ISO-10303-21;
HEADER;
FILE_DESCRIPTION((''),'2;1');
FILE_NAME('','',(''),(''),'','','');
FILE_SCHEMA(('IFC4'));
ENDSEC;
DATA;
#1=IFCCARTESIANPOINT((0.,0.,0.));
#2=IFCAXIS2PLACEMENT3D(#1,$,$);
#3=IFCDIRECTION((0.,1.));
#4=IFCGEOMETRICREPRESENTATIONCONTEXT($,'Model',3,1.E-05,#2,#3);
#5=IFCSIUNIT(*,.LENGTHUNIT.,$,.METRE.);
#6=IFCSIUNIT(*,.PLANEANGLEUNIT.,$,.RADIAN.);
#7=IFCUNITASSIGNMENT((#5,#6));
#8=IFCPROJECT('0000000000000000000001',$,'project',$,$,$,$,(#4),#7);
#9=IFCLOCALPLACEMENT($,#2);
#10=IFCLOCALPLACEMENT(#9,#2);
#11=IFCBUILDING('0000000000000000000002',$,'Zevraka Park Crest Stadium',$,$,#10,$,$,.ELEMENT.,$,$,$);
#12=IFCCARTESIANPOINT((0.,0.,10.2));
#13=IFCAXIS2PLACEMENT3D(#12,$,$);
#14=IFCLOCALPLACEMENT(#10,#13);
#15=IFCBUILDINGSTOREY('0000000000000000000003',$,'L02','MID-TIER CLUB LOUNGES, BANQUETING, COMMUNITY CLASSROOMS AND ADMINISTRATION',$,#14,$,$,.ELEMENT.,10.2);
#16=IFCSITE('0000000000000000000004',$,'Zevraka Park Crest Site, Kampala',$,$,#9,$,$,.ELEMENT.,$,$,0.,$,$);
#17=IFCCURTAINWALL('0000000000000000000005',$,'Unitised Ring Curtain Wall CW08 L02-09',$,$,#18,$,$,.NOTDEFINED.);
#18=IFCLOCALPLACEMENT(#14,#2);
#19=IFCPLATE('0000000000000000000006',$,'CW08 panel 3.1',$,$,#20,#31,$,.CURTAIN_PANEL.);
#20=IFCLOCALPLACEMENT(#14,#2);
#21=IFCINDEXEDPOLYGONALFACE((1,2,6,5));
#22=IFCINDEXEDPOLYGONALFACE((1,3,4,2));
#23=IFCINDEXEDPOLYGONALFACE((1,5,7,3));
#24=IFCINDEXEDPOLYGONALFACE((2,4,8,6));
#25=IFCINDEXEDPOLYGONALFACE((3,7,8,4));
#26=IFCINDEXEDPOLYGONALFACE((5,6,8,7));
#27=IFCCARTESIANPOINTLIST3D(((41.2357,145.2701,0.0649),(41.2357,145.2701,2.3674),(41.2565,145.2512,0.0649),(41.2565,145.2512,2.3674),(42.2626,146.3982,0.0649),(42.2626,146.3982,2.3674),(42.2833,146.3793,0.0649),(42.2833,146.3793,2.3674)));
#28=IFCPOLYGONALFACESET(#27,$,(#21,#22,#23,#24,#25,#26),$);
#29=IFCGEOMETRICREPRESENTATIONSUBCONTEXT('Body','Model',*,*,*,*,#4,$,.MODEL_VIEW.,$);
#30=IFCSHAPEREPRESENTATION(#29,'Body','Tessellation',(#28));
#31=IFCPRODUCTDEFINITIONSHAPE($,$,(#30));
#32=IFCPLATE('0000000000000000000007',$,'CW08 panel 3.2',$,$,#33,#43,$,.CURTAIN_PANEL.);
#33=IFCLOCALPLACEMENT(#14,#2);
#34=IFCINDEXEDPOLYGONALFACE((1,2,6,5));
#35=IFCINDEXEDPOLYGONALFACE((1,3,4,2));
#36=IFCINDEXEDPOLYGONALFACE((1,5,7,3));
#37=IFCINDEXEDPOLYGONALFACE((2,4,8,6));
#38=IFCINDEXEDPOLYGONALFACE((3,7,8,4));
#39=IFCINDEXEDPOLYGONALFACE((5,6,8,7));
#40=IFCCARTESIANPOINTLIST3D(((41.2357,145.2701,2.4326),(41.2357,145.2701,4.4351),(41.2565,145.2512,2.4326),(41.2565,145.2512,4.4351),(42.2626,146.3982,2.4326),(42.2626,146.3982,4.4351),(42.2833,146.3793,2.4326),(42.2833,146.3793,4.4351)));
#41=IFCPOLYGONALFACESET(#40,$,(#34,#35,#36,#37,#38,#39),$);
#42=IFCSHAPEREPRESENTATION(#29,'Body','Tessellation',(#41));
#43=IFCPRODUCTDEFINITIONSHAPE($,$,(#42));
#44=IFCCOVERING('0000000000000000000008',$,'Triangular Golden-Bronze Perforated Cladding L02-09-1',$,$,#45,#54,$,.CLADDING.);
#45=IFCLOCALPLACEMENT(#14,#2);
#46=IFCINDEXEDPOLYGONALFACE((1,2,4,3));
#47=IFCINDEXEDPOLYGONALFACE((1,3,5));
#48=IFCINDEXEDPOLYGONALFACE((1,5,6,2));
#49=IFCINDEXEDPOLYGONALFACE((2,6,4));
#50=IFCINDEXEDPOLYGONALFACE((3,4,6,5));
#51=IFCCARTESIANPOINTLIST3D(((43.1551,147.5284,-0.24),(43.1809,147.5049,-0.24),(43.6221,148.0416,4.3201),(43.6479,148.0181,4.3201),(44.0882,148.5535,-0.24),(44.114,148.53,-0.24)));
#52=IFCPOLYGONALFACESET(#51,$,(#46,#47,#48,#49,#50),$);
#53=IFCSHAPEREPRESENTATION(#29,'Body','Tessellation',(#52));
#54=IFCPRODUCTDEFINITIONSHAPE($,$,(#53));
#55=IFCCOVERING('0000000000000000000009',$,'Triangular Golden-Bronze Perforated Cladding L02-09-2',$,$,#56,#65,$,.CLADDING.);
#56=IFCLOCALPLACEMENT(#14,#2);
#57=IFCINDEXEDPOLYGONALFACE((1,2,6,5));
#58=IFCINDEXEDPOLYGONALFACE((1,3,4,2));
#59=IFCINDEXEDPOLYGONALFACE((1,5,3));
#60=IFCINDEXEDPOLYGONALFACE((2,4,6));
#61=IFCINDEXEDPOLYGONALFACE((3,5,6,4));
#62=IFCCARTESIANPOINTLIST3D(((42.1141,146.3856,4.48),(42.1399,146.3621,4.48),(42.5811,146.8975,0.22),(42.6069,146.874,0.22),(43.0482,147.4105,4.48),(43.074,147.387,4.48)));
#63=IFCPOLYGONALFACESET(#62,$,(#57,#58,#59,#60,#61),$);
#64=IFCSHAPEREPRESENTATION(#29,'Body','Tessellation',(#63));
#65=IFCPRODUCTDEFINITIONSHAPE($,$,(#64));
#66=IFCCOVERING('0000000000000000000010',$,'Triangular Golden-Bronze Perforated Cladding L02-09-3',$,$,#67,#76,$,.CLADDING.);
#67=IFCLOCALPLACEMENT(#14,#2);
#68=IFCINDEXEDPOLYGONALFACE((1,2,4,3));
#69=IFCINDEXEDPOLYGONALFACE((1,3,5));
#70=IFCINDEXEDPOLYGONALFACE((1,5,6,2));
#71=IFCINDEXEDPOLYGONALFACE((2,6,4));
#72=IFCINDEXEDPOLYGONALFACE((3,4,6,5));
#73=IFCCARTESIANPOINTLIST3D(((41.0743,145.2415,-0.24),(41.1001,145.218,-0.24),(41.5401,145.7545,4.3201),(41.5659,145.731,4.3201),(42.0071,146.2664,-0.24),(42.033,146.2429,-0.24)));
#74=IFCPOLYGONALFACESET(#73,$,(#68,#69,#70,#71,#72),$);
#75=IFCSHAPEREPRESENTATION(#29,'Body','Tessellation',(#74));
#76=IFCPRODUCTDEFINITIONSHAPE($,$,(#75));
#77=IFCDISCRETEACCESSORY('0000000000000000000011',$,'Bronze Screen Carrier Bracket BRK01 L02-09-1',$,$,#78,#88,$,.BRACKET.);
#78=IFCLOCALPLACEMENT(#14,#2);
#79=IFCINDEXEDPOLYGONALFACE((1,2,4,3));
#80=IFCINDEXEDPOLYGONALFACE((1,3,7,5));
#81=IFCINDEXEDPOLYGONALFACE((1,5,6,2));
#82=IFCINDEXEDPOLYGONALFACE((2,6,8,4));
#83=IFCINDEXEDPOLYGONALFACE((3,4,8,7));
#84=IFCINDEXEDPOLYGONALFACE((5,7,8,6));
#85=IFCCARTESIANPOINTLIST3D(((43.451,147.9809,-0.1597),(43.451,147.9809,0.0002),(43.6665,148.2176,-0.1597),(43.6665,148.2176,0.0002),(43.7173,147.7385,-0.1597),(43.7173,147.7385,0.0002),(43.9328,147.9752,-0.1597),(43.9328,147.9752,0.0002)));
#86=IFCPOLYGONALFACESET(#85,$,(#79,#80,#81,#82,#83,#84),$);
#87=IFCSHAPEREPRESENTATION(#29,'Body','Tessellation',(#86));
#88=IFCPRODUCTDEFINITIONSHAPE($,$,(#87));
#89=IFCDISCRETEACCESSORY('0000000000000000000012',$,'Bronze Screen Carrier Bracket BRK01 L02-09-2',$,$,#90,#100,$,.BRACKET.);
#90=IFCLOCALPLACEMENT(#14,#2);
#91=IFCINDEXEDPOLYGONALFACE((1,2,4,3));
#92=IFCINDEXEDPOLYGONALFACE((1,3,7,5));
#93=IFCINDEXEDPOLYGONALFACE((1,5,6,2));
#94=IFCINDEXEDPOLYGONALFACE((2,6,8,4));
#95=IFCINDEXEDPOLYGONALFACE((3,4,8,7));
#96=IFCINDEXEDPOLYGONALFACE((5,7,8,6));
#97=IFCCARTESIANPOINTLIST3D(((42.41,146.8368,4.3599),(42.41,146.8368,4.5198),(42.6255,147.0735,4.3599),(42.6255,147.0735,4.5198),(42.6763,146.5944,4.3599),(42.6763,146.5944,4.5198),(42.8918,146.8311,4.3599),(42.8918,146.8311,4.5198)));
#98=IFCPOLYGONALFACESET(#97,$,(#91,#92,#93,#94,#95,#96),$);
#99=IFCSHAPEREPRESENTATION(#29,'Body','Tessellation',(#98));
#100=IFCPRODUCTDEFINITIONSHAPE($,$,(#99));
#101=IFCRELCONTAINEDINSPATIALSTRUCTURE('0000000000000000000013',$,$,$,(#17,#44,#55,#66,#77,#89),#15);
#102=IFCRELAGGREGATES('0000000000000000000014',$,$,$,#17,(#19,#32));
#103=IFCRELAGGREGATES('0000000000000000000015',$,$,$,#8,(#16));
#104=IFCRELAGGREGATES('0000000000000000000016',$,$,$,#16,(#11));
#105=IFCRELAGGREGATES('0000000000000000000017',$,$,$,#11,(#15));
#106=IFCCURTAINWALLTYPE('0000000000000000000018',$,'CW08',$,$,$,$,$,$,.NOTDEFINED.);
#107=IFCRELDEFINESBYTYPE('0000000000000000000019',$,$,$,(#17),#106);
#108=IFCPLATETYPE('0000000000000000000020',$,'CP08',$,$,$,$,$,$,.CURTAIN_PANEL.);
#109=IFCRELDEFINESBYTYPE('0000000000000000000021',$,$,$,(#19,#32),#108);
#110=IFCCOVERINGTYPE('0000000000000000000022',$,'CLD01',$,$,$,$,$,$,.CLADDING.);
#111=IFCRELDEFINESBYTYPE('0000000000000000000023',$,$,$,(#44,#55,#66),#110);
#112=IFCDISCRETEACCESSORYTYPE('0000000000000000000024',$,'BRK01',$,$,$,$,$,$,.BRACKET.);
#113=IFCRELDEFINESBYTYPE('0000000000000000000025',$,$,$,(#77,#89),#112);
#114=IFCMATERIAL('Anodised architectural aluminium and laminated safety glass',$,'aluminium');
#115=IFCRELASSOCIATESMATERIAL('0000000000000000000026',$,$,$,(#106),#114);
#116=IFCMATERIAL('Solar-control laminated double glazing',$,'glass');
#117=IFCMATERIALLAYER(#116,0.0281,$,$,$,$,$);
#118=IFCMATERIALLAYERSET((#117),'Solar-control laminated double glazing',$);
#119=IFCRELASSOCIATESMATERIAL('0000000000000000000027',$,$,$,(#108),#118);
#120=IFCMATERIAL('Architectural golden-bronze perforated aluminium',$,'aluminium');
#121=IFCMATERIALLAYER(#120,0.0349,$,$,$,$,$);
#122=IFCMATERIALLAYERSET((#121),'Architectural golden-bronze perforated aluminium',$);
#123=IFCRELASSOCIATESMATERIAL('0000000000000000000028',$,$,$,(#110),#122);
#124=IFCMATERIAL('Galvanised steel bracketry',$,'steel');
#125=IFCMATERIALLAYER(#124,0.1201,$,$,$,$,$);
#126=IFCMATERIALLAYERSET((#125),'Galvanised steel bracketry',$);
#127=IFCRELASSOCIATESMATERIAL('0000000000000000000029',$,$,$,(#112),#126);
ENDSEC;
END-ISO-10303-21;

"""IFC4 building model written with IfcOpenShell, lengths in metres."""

from ifc_helpers import new_model, si_unit, direction, frame, origin, origin_2d, place, context, subcontext, project, spatial, polyline, rectangle, outline, extrude, material, layer, layer_set, type_object, element, aggregate, save


model = new_model("IFC4")

# Units and contexts
model_context = context("Model", 3, precision=1e-05, world=origin(), true_north=direction((0.0, 1.0)))
body_context = subcontext(model_context, "Body", "Model", "MODEL_VIEW")
ifc_project = project(units=[si_unit("LENGTHUNIT", "METRE"), si_unit("PLANEANGLEUNIT", "RADIAN")], contexts=[model_context])

# Site, building, storey
site_placement = place(None, origin())
site = spatial("IfcSite", under=ifc_project, at=site_placement, Name="Zevraka Park Crest Site, Kampala", CompositionType="ELEMENT", RefElevation=0.0)
building_placement = place(site_placement, origin())
building = spatial("IfcBuilding", under=site, at=building_placement, Name="Zevraka Park Crest Stadium", CompositionType="ELEMENT")
storey_placement = place(building_placement, frame((0.0, 0.0, 10.2)))
storey = spatial("IfcBuildingStorey", under=building, at=storey_placement, Name="L02", Description="MID-TIER CLUB LOUNGES, BANQUETING, COMMUNITY CLASSROOMS AND ADMINISTRATION", CompositionType="ELEMENT", Elevation=10.2)

# Curtain wall, plates
ifc_material_1 = material(Name="Anodised architectural aluminium and laminated safety glass", Category="aluminium")
curtain_wall_type = type_object("IfcCurtainWallType", Name="CW08", PredefinedType="NOTDEFINED", material=ifc_material_1)
curtain_wall_placement = place(storey_placement, origin())
curtain_wall = element("IfcCurtainWall", 1, at=curtain_wall_placement, inside=storey, type_object=curtain_wall_type, Name="Unitised Ring Curtain Wall CW08 L02-09", PredefinedType="NOTDEFINED")
ifc_material_2 = material(Name="Solar-control laminated double glazing", Category="glass")
ifc_layer_1 = layer(ifc_material_2, 0.0281)
ifc_layer_set_1 = layer_set([ifc_layer_1], Name="Solar-control laminated double glazing")
plate_type = type_object("IfcPlateType", Name="CP08", PredefinedType="CURTAIN_PANEL", material=ifc_layer_set_1)
plate_1_placement = place(storey_placement, frame((41.7595, 145.8247, 0.0649), z_axis=(0.0, 0.0, 1.0), x_axis=(-0.67316, -0.739497, 0.0)))
plate_1 = element("IfcPlate", 2, at=plate_1_placement, type_object=plate_type, Name="CW08 panel 3.1", PredefinedType="CURTAIN_PANEL", context=body_context, shape_type="SweptSolid", body=[
    extrude(rectangle(XDim=1.5254, YDim=0.0281, at=origin_2d()), origin(), (0.0, 0.0, 1.0), 2.3025),
])
plate_2_placement = place(storey_placement, frame((41.7595, 145.8247, 2.4326), z_axis=(0.0, 0.0, 1.0), x_axis=(-0.67316, -0.739497, 0.0)))
plate_2 = element("IfcPlate", 3, at=plate_2_placement, type_object=plate_type, Name="CW08 panel 3.2", PredefinedType="CURTAIN_PANEL", context=body_context, shape_type="SweptSolid", body=[
    extrude(rectangle(XDim=1.5254, YDim=0.0281, at=origin_2d()), origin(), (0.0, 0.0, 1.0), 2.0024),
])
aggregate(curtain_wall, [plate_1, plate_2])

# Coverings
ifc_material_3 = material(Name="Architectural golden-bronze perforated aluminium", Category="aluminium")
ifc_layer_2 = layer(ifc_material_3, 0.0349)
ifc_layer_set_2 = layer_set([ifc_layer_2], Name="Architectural golden-bronze perforated aluminium")
covering_type = type_object("IfcCoveringType", Name="CLD01", PredefinedType="CLADDING", material=ifc_layer_set_2)
covering_1_placement = place(storey_placement, frame((44.114, 148.53, -0.24), z_axis=(0.739526, -0.673129, 0.000011), x_axis=(-0.673129, -0.739526, 0.0)))
element("IfcCovering", 4, at=covering_1_placement, inside=storey, type_object=covering_type, Name="Triangular Golden-Bronze Perforated Cladding L02-09-1", PredefinedType="CLADDING", context=body_context, shape_type="SweptSolid", body=[
    extrude(outline(polyline([(0.0, 0.0), (1.3862, 0.0), (0.6923, -4.5601), (0.0, 0.0)])), origin(), (0.0, 0.0, -1.0), 0.0349),
])
covering_2_placement = place(storey_placement, frame((42.1399, 146.3621, 4.48), z_axis=(0.739095, -0.673601, 0.000077), x_axis=(0.673601, 0.739095, 0.0)))
element("IfcCovering", 5, at=covering_2_placement, inside=storey, type_object=covering_type, Name="Triangular Golden-Bronze Perforated Cladding L02-09-2", PredefinedType="CLADDING", context=body_context, shape_type="SweptSolid", body=[
    extrude(outline(polyline([(0.0, 0.0), (1.3867, 0.0), (0.693, -4.26), (0.0, 0.0)])), origin(), (0.0, 0.0, -1.0), 0.0349),
])
covering_3_placement = place(storey_placement, frame((42.033, 146.2429, -0.24), z_axis=(0.739533, -0.67312, 0.000171), x_axis=(-0.67312, -0.739533, 0.0)))
element("IfcCovering", 6, at=covering_3_placement, inside=storey, type_object=covering_type, Name="Triangular Golden-Bronze Perforated Cladding L02-09-3", PredefinedType="CLADDING", context=body_context, shape_type="SweptSolid", body=[
    extrude(outline(polyline([(0.0, 0.0), (1.3859, 0.0), (0.693, -4.5601), (0.0, 0.0)])), origin(), (0.0, 0.0, -1.0), 0.0349),
])

# Discrete accessories
ifc_material_4 = material(Name="Galvanised steel bracketry", Category="steel")
ifc_layer_3 = layer(ifc_material_4, 0.1201)
ifc_layer_set_3 = layer_set([ifc_layer_3], Name="Galvanised steel bracketry")
discrete_accessory_type = type_object("IfcDiscreteAccessoryType", Name="BRK01", PredefinedType="BRACKET", material=ifc_layer_set_3)
for number, where, z_axis, x_axis, name in (
    (7, (43.6919, 147.978, -0.1597), (0.0, 0.0, 1.0), (-0.673142, -0.739514, 0.0), "Bronze Screen Carrier Bracket BRK01 L02-09-1"),
    (8, (42.6509, 146.834, 4.3599), (0.0, 0.0, 1.0), (-0.673142, -0.739514, 0.0), "Bronze Screen Carrier Bracket BRK01 L02-09-2"),
):
    element("IfcDiscreteAccessory", number, at=place(storey_placement, frame(where, z_axis=z_axis, x_axis=x_axis)), inside=storey, type_object=discrete_accessory_type, Name=name, PredefinedType="BRACKET", context=body_context, shape_type="SweptSolid", body=[
        extrude(rectangle(XDim=0.3201, YDim=0.3601, at=origin_2d()), origin(), (0.0, 0.0, 1.0), 0.1599),
    ])

save(model, "model.ifc")
